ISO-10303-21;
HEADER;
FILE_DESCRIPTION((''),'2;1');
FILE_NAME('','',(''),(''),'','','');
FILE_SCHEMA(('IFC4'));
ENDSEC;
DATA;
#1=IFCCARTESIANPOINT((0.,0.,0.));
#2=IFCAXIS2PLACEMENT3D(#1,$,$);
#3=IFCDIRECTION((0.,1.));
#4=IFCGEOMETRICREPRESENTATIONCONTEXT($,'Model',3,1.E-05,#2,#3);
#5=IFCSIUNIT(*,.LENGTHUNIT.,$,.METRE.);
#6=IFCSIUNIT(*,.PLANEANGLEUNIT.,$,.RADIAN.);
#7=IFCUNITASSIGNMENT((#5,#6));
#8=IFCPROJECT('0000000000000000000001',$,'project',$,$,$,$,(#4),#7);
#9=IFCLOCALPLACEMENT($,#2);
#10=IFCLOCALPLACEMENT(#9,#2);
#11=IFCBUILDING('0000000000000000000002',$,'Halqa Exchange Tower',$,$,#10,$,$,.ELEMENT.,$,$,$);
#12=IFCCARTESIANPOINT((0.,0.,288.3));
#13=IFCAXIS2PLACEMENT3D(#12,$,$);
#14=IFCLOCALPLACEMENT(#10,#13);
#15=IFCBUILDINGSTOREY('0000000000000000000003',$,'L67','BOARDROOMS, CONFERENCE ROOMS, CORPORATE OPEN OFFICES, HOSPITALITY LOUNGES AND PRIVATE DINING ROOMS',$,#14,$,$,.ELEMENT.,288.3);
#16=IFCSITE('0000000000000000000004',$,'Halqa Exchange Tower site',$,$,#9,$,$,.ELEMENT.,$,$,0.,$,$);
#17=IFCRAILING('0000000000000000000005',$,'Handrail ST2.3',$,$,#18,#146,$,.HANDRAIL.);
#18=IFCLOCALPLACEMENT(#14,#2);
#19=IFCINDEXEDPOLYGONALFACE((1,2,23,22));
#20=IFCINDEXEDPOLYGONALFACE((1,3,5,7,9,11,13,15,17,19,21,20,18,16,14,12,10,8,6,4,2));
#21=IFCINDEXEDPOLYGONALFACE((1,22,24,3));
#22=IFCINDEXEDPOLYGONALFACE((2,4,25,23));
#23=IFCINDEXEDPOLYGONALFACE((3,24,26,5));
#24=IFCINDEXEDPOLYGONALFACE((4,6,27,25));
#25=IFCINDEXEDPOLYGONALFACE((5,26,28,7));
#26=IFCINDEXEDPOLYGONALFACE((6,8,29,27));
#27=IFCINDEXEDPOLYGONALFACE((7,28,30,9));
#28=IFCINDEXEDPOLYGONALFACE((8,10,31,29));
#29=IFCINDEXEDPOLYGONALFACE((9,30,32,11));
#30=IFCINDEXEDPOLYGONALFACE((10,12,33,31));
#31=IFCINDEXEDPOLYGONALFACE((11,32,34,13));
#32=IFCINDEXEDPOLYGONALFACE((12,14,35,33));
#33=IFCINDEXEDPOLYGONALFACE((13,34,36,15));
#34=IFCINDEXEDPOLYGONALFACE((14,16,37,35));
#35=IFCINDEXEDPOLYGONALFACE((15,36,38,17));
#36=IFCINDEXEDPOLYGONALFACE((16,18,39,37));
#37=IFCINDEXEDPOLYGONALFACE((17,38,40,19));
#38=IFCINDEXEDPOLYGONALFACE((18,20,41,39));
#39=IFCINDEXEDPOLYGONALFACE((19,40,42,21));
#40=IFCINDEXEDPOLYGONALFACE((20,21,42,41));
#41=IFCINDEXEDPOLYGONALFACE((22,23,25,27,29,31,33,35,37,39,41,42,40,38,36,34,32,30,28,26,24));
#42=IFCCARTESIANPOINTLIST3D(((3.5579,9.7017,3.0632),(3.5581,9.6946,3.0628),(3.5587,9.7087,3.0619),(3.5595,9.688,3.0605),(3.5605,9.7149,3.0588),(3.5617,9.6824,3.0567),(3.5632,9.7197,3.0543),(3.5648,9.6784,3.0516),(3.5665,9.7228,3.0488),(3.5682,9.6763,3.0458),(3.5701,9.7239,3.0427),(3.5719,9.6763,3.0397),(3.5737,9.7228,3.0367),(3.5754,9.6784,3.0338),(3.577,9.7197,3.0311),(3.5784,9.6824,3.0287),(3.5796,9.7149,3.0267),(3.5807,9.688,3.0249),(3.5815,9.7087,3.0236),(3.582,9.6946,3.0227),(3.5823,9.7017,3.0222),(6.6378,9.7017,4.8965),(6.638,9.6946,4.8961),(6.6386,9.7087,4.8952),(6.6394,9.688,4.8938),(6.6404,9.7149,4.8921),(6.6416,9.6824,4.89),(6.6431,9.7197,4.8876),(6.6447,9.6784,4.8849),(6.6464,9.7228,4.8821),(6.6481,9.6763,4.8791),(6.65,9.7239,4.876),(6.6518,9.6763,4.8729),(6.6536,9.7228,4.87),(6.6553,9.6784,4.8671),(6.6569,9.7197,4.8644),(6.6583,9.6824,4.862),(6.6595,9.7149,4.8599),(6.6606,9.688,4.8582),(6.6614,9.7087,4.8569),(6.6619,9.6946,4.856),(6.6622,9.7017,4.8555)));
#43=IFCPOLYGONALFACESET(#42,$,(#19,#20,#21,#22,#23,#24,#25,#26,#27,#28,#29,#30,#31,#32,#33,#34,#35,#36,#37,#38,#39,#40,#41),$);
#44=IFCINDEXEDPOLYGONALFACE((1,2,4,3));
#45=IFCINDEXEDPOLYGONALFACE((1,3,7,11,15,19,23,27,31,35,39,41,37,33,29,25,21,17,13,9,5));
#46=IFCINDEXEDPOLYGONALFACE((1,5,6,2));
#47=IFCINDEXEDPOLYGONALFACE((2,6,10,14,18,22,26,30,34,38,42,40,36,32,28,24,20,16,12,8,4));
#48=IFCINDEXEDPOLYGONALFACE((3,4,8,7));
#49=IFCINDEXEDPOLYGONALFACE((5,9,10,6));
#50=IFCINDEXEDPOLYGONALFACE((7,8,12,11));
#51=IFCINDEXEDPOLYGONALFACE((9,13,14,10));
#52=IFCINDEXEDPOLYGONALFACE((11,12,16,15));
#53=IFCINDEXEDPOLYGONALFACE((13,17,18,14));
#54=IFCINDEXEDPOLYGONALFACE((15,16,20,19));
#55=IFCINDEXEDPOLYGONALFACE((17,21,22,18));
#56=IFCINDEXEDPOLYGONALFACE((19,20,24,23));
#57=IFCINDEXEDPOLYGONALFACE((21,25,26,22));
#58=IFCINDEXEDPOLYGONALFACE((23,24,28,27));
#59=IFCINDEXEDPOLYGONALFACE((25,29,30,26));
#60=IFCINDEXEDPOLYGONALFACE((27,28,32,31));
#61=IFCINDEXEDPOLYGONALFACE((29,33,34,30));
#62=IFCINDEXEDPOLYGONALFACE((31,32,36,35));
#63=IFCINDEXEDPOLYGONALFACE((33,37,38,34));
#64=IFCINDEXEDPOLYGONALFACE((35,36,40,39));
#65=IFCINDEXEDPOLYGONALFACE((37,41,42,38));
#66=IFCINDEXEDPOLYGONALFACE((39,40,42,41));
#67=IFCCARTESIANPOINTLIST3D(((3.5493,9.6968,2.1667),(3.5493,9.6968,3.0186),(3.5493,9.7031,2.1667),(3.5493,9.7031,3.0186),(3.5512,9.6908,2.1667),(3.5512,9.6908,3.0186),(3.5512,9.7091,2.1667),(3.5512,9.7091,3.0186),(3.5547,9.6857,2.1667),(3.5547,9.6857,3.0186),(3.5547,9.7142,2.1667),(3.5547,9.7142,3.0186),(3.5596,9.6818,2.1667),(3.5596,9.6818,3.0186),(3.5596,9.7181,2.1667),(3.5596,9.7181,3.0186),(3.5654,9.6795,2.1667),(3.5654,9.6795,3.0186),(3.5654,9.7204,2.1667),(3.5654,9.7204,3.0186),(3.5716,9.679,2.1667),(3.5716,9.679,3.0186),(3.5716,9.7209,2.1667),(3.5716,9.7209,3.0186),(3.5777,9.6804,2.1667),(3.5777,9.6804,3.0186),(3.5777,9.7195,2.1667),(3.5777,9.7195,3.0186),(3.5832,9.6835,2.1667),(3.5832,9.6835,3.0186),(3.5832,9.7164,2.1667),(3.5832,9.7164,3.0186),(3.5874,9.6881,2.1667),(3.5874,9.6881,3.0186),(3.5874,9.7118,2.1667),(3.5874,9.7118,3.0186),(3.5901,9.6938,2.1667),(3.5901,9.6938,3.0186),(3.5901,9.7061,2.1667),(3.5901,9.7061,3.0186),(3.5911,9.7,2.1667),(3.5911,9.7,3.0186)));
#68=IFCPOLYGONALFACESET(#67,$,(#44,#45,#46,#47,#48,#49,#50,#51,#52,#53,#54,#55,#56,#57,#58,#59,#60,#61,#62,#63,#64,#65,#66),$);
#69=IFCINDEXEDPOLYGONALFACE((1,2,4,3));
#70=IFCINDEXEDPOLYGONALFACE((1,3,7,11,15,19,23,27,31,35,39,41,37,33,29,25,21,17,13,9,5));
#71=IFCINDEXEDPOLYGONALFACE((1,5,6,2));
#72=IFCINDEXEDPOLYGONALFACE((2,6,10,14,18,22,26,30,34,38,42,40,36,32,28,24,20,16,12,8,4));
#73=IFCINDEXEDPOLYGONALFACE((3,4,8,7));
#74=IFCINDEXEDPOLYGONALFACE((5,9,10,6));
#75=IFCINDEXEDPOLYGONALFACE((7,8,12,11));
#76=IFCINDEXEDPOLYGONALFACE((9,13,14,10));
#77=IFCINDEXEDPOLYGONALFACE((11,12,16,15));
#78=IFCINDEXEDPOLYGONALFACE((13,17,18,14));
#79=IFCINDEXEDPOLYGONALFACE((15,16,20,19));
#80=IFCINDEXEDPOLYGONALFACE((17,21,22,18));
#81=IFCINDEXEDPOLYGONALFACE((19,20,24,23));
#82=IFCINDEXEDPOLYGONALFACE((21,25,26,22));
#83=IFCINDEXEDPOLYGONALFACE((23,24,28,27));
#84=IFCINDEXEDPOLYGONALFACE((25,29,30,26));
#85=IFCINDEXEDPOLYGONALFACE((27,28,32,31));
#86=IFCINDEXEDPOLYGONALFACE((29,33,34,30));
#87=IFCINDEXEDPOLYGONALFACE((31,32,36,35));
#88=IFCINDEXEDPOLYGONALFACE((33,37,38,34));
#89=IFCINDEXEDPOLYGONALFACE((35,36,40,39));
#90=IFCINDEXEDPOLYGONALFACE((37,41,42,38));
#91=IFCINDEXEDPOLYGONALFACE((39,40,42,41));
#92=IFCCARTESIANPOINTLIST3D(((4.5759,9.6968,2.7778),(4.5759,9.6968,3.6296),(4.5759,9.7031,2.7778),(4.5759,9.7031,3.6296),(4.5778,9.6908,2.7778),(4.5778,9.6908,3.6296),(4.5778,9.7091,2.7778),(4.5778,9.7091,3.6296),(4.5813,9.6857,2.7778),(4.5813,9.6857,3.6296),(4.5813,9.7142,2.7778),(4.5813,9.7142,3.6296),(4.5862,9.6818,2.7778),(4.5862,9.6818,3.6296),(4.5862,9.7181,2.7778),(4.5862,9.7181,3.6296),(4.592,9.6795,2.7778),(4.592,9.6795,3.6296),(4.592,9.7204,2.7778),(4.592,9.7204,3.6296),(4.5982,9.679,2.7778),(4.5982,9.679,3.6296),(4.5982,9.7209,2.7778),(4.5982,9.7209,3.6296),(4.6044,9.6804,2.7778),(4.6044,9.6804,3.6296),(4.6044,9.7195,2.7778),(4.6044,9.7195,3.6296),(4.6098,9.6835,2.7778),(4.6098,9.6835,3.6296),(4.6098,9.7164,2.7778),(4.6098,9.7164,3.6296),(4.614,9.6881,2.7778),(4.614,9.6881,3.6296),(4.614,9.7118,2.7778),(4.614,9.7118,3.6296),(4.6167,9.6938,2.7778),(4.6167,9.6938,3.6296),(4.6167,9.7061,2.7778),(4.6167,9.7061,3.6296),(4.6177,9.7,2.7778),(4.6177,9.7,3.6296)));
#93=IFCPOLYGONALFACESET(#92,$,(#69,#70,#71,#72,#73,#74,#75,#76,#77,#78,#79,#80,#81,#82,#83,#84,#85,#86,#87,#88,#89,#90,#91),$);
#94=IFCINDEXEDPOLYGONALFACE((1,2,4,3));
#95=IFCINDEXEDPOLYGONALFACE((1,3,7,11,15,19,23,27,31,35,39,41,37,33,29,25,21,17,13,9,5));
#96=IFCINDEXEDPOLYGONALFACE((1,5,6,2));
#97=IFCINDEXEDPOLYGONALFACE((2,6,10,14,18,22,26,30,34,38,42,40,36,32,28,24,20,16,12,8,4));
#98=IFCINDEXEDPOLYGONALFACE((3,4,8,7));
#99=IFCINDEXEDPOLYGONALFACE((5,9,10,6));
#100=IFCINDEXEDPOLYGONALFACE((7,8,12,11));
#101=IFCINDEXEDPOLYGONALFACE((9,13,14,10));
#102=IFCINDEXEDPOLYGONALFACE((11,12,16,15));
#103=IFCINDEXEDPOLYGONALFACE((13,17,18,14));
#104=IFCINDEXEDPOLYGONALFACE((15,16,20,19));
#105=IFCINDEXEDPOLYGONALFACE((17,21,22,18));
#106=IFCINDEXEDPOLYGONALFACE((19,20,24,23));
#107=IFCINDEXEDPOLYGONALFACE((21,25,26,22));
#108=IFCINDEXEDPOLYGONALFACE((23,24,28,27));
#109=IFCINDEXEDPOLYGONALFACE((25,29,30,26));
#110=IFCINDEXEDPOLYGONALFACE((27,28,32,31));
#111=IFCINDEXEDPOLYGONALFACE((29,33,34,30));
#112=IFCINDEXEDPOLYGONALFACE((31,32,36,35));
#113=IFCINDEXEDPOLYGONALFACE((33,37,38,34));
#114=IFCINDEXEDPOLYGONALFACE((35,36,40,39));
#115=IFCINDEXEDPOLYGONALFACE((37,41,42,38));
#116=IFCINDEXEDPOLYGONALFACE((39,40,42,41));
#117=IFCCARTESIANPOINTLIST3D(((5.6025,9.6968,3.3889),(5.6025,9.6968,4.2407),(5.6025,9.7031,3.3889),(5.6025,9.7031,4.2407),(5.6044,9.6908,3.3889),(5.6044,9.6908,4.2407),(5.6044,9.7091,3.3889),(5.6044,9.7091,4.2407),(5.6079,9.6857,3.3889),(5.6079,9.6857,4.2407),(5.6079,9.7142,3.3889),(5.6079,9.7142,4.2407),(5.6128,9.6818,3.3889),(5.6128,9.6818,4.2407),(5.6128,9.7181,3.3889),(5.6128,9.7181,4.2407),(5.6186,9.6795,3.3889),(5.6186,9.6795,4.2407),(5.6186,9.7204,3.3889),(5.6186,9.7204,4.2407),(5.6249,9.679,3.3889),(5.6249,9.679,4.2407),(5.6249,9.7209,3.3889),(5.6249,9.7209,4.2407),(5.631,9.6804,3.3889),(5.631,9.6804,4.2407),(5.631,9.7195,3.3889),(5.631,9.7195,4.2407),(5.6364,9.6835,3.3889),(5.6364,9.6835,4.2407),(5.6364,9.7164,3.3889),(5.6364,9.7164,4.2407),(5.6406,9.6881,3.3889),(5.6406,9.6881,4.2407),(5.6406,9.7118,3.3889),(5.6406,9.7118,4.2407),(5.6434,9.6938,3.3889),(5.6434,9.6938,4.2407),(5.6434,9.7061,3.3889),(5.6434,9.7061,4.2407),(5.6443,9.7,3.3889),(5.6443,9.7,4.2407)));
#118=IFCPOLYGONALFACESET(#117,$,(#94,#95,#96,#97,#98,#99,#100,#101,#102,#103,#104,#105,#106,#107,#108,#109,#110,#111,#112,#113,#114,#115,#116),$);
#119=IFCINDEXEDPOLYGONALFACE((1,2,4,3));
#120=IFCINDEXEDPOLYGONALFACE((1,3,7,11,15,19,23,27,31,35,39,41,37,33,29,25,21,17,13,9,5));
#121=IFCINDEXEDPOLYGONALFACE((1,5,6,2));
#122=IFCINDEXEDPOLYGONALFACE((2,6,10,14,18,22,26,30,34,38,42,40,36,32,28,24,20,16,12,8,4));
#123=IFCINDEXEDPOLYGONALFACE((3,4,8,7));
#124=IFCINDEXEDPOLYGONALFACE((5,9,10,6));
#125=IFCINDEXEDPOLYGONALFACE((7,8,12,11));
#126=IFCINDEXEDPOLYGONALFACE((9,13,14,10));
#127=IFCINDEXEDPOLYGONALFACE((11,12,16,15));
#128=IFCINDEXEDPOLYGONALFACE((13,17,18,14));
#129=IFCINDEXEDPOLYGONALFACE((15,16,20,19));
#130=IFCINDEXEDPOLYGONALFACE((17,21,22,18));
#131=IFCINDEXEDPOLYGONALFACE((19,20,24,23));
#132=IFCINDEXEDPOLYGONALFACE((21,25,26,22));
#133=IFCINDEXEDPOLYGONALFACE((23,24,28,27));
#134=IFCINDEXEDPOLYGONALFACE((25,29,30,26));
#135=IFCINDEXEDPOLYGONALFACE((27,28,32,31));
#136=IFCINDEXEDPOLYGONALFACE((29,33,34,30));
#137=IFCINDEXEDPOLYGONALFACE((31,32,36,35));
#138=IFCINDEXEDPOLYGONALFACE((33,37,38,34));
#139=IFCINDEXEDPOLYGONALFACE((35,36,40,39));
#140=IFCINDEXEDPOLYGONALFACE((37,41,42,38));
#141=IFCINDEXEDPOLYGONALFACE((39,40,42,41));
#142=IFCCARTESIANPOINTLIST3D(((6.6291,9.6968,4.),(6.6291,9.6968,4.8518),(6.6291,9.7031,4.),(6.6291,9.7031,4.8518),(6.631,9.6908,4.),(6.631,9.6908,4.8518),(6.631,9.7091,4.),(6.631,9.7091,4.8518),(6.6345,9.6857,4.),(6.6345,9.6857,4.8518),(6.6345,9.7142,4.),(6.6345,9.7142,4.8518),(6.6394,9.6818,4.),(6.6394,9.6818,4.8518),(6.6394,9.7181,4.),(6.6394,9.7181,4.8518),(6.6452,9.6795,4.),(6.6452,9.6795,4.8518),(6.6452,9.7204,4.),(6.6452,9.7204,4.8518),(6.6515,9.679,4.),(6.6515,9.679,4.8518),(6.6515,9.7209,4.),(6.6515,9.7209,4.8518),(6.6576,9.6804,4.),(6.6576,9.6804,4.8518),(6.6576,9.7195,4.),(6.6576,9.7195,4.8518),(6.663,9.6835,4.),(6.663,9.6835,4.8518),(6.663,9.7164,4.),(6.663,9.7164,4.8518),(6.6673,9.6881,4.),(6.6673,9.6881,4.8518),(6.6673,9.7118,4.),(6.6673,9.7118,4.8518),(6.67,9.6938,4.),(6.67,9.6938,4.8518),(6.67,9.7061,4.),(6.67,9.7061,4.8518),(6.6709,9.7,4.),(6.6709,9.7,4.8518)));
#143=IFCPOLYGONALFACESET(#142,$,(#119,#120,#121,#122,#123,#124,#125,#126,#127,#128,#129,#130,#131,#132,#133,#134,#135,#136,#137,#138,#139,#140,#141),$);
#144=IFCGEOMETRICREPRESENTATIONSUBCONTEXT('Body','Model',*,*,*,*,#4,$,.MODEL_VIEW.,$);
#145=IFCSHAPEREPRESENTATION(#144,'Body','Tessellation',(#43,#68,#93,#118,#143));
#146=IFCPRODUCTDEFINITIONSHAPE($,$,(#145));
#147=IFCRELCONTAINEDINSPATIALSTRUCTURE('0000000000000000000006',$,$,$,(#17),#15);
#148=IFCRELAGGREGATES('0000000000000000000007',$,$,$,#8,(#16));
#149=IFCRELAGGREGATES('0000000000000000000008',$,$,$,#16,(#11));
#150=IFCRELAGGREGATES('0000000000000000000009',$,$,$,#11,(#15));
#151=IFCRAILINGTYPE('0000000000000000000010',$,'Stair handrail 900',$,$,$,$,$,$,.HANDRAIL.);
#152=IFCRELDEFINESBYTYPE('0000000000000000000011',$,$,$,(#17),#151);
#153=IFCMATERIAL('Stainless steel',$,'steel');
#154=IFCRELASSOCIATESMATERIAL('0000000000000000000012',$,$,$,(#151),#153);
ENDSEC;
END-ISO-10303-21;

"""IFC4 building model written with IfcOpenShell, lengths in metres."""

from ifc_helpers import new_model, si_unit, direction, frame, origin, origin_2d, place, context, subcontext, project, spatial, circle, extrude, material, type_object, element, save


model = new_model("IFC4")

# Units and contexts
model_context = context("Model", 3, precision=1e-05, world=origin(), true_north=direction((0.0, 1.0)))
body_context = subcontext(model_context, "Body", "Model", "MODEL_VIEW")
ifc_project = project(units=[si_unit("LENGTHUNIT", "METRE"), si_unit("PLANEANGLEUNIT", "RADIAN")], contexts=[model_context])

# Site, building, storey
site_placement = place(None, origin())
site = spatial("IfcSite", under=ifc_project, at=site_placement, Name="Halqa Exchange Tower site", CompositionType="ELEMENT", RefElevation=0.0)
building_placement = place(site_placement, origin())
building = spatial("IfcBuilding", under=site, at=building_placement, Name="Halqa Exchange Tower", CompositionType="ELEMENT")
storey_placement = place(building_placement, frame((0.0, 0.0, 288.3)))
storey = spatial("IfcBuildingStorey", under=building, at=storey_placement, Name="L67", Description="BOARDROOMS, CONFERENCE ROOMS, CORPORATE OPEN OFFICES, HOSPITALITY LOUNGES AND PRIVATE DINING ROOMS", CompositionType="ELEMENT", Elevation=288.3)

# Railing
ifc_material_1 = material(Name="Stainless steel", Category="steel")
railing_type_1 = type_object("IfcRailingType", Name="Stair handrail 900", PredefinedType="HANDRAIL", material=ifc_material_1)
railing_1_placement = place(storey_placement, frame((3.5701, 9.7, 2.1667)))
element("IfcRailing", 1, at=railing_1_placement, inside=storey, type_object=railing_type_1, Name="Handrail ST2.3", PredefinedType="HANDRAIL", context=body_context, shape_type="SweptSolid", body=[
    extrude(circle(Radius=0.0239, at=origin_2d()), frame((0.0, 0.0, 0.876), z_axis=(0.859291, 0.0, 0.511487), x_axis=(0.0, 1.0, 0.0)), (0.0, 0.0, 1.0), 3.5842),
    extrude(circle(Radius=0.021, at=origin_2d()), origin(), (0.0, 0.0, 1.0), 0.8518),
    extrude(circle(Radius=0.021, at=origin_2d()), frame((1.0266, 0.0, 0.6111)), (0.0, 0.0, 1.0), 0.8518),
    extrude(circle(Radius=0.021, at=origin_2d()), frame((2.0532, 0.0, 1.2222)), (0.0, 0.0, 1.0), 0.8518),
    extrude(circle(Radius=0.021, at=origin_2d()), frame((3.0798, 0.0, 1.8333)), (0.0, 0.0, 1.0), 0.8518),
])

save(model, "model.ifc")
